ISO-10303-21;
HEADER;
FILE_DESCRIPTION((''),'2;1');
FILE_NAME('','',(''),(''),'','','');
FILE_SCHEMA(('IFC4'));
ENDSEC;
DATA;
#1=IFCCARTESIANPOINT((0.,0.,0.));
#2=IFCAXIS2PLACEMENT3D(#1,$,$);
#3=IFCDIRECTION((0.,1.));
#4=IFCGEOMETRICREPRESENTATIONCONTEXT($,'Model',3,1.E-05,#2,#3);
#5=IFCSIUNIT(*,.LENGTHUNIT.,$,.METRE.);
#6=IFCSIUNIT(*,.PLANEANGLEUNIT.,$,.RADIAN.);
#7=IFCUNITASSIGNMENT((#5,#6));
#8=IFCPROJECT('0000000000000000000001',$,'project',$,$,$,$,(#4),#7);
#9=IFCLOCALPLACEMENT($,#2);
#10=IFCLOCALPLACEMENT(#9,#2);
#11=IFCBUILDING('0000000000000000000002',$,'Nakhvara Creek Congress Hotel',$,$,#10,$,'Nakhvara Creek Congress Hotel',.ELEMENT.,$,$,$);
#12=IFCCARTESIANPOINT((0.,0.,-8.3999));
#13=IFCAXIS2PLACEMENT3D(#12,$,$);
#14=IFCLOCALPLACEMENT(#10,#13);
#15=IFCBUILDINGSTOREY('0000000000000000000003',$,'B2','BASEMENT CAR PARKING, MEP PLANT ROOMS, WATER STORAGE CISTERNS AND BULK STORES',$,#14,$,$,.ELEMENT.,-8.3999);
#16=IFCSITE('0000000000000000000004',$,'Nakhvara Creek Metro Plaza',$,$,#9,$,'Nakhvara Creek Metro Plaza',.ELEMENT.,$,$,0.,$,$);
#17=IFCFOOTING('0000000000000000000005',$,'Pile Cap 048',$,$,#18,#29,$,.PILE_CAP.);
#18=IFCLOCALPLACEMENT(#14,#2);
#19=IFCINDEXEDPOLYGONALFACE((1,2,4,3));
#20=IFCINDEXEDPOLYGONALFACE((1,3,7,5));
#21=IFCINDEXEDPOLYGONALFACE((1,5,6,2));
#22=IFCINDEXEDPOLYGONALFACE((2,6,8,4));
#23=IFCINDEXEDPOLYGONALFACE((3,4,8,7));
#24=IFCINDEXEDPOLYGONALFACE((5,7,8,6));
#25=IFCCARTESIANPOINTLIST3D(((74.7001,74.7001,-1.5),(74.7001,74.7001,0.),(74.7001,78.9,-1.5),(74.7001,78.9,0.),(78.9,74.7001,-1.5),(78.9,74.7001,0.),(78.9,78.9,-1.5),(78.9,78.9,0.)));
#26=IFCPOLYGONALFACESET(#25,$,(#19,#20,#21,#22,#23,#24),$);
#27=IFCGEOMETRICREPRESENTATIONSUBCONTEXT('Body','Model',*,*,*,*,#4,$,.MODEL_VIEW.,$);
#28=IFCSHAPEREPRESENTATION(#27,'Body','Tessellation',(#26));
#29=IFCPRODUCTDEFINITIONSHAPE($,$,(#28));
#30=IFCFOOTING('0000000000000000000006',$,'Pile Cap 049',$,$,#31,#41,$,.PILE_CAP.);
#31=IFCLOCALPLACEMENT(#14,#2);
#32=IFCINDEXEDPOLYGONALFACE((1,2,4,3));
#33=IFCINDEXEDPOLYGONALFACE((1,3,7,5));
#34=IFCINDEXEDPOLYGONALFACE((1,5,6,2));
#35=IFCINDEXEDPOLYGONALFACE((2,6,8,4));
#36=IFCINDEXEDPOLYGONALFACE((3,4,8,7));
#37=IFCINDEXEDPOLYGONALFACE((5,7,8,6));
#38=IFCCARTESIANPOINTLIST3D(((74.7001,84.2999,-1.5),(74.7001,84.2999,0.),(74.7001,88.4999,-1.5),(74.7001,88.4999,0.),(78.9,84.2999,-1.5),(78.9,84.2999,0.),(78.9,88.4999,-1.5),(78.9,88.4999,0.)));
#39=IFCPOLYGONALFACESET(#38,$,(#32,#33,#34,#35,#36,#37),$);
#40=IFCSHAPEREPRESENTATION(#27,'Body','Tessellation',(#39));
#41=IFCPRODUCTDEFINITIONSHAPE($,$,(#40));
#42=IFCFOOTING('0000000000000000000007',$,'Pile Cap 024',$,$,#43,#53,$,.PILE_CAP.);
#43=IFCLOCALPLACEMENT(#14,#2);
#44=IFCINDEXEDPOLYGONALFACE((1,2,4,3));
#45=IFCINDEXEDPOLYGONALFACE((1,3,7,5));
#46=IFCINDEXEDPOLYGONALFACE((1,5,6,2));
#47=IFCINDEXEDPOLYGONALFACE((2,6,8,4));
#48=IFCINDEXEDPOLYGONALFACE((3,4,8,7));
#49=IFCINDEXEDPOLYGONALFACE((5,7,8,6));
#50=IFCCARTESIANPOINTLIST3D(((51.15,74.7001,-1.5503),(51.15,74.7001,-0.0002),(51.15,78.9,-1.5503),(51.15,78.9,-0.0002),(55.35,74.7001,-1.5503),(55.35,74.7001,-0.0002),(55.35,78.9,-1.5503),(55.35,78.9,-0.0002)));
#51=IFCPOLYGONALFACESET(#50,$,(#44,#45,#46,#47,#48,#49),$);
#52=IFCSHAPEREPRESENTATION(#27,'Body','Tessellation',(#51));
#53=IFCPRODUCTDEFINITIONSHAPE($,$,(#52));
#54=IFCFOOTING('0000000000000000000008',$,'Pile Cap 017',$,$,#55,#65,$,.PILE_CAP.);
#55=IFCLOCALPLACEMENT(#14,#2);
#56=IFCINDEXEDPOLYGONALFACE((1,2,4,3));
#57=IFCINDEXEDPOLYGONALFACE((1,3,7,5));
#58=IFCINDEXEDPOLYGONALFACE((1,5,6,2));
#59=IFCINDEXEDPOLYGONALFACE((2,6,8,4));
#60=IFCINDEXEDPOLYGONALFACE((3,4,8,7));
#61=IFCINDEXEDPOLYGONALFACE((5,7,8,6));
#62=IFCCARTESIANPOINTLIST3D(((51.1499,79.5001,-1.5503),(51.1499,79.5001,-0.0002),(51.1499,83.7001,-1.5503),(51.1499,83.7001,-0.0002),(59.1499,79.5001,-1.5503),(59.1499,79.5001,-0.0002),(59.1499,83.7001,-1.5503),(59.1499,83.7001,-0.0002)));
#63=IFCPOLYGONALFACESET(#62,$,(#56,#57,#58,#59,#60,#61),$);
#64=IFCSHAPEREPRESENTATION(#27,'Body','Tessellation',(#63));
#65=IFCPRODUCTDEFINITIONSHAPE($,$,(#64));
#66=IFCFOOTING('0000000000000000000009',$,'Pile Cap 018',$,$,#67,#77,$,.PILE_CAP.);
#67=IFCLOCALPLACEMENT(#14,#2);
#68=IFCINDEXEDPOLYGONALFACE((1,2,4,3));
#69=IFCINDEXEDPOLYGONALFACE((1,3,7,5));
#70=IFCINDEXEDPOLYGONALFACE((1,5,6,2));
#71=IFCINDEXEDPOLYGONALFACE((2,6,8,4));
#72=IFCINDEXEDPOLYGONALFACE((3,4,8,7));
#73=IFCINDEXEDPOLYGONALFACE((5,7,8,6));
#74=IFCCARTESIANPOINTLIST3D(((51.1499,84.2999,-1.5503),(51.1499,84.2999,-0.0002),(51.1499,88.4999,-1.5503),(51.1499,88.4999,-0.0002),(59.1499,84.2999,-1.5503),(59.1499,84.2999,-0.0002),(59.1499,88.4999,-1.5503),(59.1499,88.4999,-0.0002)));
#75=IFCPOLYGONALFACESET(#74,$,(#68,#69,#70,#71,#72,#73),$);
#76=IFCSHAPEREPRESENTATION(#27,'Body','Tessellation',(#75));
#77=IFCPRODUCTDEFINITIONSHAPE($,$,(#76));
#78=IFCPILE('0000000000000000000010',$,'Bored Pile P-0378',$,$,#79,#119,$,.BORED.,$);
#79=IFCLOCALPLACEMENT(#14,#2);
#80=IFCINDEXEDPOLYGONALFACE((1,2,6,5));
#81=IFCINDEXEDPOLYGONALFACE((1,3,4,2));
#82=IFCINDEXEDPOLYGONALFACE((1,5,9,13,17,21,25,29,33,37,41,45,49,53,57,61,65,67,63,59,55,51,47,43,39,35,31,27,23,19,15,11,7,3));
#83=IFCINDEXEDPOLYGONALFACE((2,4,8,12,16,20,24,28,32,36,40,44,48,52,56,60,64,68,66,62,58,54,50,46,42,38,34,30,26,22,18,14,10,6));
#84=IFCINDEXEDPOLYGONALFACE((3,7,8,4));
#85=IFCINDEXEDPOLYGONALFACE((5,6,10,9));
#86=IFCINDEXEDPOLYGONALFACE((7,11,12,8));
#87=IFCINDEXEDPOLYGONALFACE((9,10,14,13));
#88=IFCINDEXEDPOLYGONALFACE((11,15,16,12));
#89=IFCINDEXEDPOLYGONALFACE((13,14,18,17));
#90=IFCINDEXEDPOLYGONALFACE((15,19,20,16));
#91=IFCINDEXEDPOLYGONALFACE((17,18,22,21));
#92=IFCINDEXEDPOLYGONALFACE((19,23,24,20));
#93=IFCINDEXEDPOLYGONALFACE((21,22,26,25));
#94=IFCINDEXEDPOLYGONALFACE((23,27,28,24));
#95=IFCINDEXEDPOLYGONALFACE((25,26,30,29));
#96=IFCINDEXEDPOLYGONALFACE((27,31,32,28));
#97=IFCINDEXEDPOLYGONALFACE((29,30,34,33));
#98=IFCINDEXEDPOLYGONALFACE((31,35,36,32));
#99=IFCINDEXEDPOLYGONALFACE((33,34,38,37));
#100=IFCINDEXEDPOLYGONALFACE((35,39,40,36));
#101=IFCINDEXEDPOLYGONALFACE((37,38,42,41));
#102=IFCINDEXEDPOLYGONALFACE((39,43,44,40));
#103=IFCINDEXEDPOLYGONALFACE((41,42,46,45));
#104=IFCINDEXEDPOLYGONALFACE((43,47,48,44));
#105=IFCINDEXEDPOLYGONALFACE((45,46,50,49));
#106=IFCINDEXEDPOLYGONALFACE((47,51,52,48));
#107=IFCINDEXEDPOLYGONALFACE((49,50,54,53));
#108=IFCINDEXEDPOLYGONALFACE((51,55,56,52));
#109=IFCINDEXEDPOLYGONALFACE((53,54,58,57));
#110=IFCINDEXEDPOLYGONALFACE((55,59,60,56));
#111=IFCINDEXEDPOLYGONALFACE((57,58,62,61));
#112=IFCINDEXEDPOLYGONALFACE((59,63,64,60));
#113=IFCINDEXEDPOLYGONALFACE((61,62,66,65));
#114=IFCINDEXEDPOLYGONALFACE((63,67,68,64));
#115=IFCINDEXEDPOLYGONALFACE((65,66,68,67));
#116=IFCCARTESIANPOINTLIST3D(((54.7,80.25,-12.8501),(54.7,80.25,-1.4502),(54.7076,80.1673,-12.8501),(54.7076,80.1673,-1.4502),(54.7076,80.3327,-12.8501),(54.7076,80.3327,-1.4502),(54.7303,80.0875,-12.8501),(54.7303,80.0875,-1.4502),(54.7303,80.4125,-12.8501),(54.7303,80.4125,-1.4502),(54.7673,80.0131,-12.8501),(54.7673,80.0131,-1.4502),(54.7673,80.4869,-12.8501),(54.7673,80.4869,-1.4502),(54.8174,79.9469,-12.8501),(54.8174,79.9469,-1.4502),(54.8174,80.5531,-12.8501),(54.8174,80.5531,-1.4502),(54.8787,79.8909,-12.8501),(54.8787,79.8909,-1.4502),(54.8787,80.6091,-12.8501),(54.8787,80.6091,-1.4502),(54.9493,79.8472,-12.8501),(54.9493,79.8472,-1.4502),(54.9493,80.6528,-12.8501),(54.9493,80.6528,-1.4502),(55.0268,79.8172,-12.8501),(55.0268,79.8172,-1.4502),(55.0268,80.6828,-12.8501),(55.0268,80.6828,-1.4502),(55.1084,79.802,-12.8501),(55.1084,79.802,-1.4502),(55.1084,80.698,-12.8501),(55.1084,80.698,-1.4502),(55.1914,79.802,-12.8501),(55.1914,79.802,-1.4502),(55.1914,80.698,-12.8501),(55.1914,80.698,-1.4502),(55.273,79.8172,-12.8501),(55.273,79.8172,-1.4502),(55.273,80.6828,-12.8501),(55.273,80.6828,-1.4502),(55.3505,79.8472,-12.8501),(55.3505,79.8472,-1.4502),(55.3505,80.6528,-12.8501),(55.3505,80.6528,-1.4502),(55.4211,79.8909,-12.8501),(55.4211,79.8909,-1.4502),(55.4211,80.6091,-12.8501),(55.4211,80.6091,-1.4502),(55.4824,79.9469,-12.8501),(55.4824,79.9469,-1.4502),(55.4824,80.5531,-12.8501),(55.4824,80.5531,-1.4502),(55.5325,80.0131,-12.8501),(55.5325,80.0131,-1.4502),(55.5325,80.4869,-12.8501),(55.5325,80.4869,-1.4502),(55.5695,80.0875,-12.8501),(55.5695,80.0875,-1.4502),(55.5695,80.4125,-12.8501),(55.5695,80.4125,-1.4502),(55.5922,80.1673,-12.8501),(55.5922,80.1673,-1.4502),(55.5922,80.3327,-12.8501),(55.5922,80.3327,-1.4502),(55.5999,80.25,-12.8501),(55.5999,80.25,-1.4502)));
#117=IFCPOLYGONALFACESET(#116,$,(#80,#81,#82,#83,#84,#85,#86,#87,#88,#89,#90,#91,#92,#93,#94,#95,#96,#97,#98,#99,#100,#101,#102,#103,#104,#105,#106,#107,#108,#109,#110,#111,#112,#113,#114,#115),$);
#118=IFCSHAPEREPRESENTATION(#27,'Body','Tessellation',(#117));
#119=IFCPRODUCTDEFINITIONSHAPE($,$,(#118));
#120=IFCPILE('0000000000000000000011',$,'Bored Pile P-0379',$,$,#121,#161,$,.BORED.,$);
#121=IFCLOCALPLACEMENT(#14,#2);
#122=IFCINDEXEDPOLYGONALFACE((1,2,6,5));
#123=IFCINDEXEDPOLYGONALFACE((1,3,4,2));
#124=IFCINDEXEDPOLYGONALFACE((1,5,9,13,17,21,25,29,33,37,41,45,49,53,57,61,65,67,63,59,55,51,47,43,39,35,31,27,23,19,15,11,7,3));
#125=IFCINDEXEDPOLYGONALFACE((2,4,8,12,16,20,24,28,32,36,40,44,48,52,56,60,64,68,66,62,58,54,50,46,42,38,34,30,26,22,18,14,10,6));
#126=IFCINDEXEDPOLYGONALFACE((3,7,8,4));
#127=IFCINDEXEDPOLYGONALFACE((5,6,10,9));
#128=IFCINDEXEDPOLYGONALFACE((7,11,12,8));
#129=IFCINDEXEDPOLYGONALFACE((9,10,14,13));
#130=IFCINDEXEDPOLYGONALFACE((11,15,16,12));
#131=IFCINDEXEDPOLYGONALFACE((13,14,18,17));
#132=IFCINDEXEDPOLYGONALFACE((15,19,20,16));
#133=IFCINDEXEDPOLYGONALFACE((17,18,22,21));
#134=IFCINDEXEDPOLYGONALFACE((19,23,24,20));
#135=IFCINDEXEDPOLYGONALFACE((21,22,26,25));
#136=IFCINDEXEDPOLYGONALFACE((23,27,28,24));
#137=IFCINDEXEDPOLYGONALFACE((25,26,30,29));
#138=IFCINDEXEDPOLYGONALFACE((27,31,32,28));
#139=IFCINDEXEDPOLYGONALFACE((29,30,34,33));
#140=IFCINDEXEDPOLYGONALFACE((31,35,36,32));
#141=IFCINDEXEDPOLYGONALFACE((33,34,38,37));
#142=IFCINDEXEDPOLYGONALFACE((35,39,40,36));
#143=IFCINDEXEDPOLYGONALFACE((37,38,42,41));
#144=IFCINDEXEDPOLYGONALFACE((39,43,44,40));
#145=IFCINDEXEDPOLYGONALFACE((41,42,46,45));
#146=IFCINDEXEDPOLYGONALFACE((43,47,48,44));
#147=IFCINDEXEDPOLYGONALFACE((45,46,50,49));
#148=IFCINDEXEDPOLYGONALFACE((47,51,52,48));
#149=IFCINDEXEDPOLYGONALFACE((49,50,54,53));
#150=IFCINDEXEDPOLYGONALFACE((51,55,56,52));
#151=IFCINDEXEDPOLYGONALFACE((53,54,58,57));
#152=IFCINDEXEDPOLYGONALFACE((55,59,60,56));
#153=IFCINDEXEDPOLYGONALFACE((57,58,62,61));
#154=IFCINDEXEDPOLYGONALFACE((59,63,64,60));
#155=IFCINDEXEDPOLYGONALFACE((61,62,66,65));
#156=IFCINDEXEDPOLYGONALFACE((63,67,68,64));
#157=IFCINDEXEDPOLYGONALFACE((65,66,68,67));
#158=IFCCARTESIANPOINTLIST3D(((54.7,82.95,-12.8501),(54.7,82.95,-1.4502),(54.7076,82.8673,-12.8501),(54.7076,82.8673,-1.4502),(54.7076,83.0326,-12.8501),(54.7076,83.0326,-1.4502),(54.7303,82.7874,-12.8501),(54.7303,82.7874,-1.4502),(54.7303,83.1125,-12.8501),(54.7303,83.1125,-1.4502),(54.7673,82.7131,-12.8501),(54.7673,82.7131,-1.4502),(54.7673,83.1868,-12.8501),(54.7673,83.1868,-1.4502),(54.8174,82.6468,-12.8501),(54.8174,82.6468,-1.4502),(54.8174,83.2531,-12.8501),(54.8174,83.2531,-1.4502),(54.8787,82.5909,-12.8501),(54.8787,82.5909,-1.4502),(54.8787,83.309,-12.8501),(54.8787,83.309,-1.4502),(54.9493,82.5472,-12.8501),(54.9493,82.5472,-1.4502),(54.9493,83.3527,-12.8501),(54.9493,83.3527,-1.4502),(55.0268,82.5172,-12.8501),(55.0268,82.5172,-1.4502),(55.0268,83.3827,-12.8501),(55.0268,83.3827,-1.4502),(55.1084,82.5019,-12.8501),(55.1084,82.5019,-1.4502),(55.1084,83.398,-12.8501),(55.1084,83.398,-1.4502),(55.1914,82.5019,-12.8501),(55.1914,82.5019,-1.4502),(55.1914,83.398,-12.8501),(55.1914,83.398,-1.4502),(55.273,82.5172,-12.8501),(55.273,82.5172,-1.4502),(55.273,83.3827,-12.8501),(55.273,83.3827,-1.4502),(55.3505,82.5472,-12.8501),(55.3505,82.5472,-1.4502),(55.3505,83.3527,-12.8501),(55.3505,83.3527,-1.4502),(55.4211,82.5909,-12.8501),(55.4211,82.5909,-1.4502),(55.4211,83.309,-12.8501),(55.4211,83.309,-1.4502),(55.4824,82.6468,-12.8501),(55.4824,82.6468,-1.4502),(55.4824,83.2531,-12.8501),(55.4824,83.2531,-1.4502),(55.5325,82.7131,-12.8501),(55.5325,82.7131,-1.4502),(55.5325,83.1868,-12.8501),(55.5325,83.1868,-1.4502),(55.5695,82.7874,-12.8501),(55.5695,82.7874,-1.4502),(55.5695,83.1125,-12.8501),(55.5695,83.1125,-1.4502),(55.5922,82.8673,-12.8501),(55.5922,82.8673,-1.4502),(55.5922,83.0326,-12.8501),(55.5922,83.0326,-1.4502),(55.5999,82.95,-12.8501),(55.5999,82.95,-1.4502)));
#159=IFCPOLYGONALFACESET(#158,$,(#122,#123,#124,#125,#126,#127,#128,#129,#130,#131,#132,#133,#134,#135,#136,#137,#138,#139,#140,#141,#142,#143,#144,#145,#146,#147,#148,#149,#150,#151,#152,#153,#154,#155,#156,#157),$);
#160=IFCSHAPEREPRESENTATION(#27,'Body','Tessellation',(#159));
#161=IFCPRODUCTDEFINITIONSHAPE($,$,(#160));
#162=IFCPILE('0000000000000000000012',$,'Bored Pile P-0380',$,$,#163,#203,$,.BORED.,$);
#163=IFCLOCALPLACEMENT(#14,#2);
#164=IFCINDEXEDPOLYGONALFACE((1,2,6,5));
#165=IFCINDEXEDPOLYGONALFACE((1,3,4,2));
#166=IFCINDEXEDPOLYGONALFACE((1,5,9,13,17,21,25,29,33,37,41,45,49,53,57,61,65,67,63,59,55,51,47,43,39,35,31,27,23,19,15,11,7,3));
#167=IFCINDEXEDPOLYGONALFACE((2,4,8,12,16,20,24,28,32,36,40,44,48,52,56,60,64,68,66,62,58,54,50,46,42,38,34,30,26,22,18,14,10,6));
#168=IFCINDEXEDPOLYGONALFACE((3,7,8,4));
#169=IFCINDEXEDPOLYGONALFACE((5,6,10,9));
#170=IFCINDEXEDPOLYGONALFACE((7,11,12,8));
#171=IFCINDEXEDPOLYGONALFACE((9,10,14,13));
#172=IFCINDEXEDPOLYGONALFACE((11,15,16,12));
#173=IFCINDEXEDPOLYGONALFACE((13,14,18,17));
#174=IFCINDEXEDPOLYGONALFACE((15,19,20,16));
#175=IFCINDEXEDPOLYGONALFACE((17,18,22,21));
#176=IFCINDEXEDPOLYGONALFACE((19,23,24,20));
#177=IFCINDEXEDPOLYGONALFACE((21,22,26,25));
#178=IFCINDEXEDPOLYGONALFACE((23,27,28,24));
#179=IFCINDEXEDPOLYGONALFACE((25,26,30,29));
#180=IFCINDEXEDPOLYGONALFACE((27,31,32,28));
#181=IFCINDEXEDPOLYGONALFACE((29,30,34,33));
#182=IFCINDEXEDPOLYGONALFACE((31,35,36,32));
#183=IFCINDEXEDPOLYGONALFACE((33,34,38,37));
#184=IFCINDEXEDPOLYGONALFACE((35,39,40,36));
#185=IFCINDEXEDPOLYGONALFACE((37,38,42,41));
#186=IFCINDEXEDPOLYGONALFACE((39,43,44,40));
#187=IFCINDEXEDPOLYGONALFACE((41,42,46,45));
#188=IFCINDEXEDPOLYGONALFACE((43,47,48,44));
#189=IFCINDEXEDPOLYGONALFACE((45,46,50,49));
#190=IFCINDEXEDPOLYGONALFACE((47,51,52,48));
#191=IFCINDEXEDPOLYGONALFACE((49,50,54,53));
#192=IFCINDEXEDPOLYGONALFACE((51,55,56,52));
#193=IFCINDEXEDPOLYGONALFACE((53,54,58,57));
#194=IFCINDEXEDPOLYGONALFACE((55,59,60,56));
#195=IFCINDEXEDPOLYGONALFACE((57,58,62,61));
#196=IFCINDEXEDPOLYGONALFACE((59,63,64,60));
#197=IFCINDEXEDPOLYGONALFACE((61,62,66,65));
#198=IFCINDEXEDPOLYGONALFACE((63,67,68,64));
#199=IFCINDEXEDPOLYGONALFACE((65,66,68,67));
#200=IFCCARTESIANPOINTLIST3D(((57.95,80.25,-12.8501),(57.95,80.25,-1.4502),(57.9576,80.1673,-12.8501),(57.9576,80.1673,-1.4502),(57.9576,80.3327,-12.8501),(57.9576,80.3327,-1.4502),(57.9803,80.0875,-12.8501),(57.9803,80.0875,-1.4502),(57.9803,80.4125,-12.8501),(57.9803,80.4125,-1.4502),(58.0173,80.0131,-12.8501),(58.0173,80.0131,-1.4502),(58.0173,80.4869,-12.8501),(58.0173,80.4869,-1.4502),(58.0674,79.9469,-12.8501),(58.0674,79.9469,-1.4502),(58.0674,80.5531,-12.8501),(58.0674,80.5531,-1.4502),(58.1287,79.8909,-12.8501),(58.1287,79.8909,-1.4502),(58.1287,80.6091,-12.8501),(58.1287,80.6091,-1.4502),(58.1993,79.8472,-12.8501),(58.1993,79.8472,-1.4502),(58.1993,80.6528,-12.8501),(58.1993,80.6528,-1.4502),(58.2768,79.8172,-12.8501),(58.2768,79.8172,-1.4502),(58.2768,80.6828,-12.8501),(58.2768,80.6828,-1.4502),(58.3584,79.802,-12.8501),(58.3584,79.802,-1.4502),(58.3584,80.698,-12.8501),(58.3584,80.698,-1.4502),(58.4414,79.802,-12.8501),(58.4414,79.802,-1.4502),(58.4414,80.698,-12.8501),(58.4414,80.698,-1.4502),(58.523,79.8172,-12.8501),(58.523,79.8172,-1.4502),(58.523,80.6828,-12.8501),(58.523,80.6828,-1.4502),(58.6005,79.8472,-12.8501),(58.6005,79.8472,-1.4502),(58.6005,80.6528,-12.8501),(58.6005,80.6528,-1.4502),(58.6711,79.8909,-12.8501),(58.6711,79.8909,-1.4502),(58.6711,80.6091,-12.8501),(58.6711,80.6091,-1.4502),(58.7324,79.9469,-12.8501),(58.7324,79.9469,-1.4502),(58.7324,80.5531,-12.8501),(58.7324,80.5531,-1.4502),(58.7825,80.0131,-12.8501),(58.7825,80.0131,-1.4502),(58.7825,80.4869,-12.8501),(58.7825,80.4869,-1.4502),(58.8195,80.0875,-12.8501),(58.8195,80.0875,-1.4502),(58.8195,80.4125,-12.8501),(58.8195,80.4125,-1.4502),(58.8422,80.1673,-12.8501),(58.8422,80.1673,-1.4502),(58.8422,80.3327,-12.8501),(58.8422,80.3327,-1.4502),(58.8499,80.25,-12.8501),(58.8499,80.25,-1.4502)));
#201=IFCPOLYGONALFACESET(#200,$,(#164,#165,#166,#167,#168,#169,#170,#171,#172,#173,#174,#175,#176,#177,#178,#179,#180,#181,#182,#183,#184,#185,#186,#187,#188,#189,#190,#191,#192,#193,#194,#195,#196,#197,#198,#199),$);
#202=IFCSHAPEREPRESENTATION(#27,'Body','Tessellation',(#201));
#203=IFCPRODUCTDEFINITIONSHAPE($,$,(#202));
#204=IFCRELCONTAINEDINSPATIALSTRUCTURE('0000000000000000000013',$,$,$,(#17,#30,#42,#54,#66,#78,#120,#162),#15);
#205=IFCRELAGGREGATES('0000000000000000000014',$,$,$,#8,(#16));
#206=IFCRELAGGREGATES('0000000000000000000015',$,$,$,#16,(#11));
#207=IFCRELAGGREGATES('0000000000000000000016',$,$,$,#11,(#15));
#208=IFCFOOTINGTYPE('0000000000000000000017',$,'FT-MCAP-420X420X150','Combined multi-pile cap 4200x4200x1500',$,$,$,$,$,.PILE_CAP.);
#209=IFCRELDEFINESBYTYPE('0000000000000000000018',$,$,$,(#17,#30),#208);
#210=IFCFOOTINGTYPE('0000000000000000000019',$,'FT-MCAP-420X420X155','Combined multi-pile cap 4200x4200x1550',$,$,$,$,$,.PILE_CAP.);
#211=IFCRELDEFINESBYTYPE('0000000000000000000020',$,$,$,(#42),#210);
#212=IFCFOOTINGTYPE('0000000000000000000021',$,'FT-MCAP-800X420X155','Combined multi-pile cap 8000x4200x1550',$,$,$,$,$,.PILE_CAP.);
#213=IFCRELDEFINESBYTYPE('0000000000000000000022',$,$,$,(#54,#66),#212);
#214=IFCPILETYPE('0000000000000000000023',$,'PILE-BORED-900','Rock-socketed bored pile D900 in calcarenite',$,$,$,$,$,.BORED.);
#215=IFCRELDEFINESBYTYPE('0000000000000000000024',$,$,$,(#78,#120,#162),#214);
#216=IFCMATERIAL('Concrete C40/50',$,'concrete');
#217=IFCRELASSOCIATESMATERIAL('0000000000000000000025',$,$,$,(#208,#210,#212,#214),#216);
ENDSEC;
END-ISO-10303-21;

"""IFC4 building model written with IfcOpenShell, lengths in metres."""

from ifc_helpers import new_model, si_unit, direction, frame, origin, origin_2d, place, context, subcontext, project, spatial, rectangle, circle, extrude, material, material_profile, profile_set, type_object, element, save


model = new_model("IFC4")

# Units and contexts
model_context = context("Model", 3, precision=1e-05, world=origin(), true_north=direction((0.0, 1.0)))
body_context = subcontext(model_context, "Body", "Model", "MODEL_VIEW")
ifc_project = project(units=[si_unit("LENGTHUNIT", "METRE"), si_unit("PLANEANGLEUNIT", "RADIAN")], contexts=[model_context])

# Site, building, storey
site_placement = place(None, origin())
site = spatial("IfcSite", under=ifc_project, at=site_placement, Name="Nakhvara Creek Metro Plaza", LongName="Nakhvara Creek Metro Plaza", CompositionType="ELEMENT", RefElevation=0.0)
building_placement = place(site_placement, origin())
building = spatial("IfcBuilding", under=site, at=building_placement, Name="Nakhvara Creek Congress Hotel", LongName="Nakhvara Creek Congress Hotel", CompositionType="ELEMENT")
storey_placement = place(building_placement, frame((0.0, 0.0, -8.3999)))
storey = spatial("IfcBuildingStorey", under=building, at=storey_placement, Name="B2", Description="BASEMENT CAR PARKING, MEP PLANT ROOMS, WATER STORAGE CISTERNS AND BULK STORES", CompositionType="ELEMENT", Elevation=-8.3999)

# Footings
ifc_material_1 = material(Name="Concrete C40/50", Category="concrete")
footing_type_1 = type_object("IfcFootingType", Name="FT-MCAP-420X420X150", Description="Combined multi-pile cap 4200x4200x1500", PredefinedType="PILE_CAP", material=ifc_material_1)
for number, where, z_axis, x_axis, name in (
    (1, (76.8, 76.8, -1.5), (0.0, 0.0, 1.0), (1.0, 0.0, 0.0), "Pile Cap 048"),
    (2, (76.8, 86.3999, -1.5), (0.0, 0.0, 1.0), (1.0, 0.0, 0.0), "Pile Cap 049"),
):
    element("IfcFooting", number, at=place(storey_placement, frame(where, z_axis=z_axis, x_axis=x_axis)), inside=storey, type_object=footing_type_1, Name=name, PredefinedType="PILE_CAP", context=body_context, shape_type="SweptSolid", body=[
        extrude(rectangle(XDim=4.2, YDim=4.2, at=origin_2d()), origin(), (0.0, 0.0, 1.0), 1.5),
    ])
footing_type_2 = type_object("IfcFootingType", Name="FT-MCAP-420X420X155", Description="Combined multi-pile cap 4200x4200x1550", PredefinedType="PILE_CAP", material=ifc_material_1)
footing_placement = place(storey_placement, frame((53.25, 76.8, -1.5503), z_axis=(0.0, 0.0, 1.0), x_axis=(1.0, 0.0, 0.0)))
element("IfcFooting", 3, at=footing_placement, inside=storey, type_object=footing_type_2, Name="Pile Cap 024", PredefinedType="PILE_CAP", context=body_context, shape_type="SweptSolid", body=[
    extrude(rectangle(XDim=4.2, YDim=4.2, at=origin_2d()), origin(), (0.0, 0.0, 1.0), 1.55),
])
footing_type_3 = type_object("IfcFootingType", Name="FT-MCAP-800X420X155", Description="Combined multi-pile cap 8000x4200x1550", PredefinedType="PILE_CAP", material=ifc_material_1)
for number, where, z_axis, x_axis, name in (
    (4, (55.1499, 81.6001, -1.5503), (0.0, 0.0, 1.0), (1.0, 0.0, 0.0), "Pile Cap 017"),
    (5, (55.1499, 86.3999, -1.5503), (0.0, 0.0, 1.0), (1.0, 0.0, 0.0), "Pile Cap 018"),
):
    element("IfcFooting", number, at=place(storey_placement, frame(where, z_axis=z_axis, x_axis=x_axis)), inside=storey, type_object=footing_type_3, Name=name, PredefinedType="PILE_CAP", context=body_context, shape_type="SweptSolid", body=[
        extrude(rectangle(XDim=8.0, YDim=4.2, at=origin_2d()), origin(), (0.0, 0.0, 1.0), 1.55),
    ])

# Piles
ifc_material_profile_1 = material_profile(ifc_material_1, circle(Radius=0.45, at=origin_2d()), Name="BORED PILE D900", Category="LoadBearing")
ifc_profile_set_1 = profile_set([ifc_material_profile_1], Name="Concrete C40/50")
pile_type = type_object("IfcPileType", Name="PILE-BORED-900", Description="Rock-socketed bored pile D900 in calcarenite", PredefinedType="BORED", material=ifc_profile_set_1)
for number, where, z_axis, x_axis, name in (
    (6, (55.1499, 80.25, -1.4502), (0.0, 0.0, -1.0), (1.0, 0.0, 0.0), "Bored Pile P-0378"),
    (7, (55.1499, 82.95, -1.4502), (0.0, 0.0, -1.0), (1.0, 0.0, 0.0), "Bored Pile P-0379"),
    (8, (58.3999, 80.25, -1.4502), (0.0, 0.0, -1.0), (1.0, 0.0, 0.0), "Bored Pile P-0380"),
):
    element("IfcPile", number, at=place(storey_placement, frame(where, z_axis=z_axis, x_axis=x_axis)), inside=storey, type_object=pile_type, Name=name, PredefinedType="BORED", context=body_context, shape_type="SweptSolid", body=[
        extrude(circle(Radius=0.45, at=origin_2d()), origin(), (0.0, 0.0, 1.0), 11.3999),
    ])

save(model, "model.ifc")
